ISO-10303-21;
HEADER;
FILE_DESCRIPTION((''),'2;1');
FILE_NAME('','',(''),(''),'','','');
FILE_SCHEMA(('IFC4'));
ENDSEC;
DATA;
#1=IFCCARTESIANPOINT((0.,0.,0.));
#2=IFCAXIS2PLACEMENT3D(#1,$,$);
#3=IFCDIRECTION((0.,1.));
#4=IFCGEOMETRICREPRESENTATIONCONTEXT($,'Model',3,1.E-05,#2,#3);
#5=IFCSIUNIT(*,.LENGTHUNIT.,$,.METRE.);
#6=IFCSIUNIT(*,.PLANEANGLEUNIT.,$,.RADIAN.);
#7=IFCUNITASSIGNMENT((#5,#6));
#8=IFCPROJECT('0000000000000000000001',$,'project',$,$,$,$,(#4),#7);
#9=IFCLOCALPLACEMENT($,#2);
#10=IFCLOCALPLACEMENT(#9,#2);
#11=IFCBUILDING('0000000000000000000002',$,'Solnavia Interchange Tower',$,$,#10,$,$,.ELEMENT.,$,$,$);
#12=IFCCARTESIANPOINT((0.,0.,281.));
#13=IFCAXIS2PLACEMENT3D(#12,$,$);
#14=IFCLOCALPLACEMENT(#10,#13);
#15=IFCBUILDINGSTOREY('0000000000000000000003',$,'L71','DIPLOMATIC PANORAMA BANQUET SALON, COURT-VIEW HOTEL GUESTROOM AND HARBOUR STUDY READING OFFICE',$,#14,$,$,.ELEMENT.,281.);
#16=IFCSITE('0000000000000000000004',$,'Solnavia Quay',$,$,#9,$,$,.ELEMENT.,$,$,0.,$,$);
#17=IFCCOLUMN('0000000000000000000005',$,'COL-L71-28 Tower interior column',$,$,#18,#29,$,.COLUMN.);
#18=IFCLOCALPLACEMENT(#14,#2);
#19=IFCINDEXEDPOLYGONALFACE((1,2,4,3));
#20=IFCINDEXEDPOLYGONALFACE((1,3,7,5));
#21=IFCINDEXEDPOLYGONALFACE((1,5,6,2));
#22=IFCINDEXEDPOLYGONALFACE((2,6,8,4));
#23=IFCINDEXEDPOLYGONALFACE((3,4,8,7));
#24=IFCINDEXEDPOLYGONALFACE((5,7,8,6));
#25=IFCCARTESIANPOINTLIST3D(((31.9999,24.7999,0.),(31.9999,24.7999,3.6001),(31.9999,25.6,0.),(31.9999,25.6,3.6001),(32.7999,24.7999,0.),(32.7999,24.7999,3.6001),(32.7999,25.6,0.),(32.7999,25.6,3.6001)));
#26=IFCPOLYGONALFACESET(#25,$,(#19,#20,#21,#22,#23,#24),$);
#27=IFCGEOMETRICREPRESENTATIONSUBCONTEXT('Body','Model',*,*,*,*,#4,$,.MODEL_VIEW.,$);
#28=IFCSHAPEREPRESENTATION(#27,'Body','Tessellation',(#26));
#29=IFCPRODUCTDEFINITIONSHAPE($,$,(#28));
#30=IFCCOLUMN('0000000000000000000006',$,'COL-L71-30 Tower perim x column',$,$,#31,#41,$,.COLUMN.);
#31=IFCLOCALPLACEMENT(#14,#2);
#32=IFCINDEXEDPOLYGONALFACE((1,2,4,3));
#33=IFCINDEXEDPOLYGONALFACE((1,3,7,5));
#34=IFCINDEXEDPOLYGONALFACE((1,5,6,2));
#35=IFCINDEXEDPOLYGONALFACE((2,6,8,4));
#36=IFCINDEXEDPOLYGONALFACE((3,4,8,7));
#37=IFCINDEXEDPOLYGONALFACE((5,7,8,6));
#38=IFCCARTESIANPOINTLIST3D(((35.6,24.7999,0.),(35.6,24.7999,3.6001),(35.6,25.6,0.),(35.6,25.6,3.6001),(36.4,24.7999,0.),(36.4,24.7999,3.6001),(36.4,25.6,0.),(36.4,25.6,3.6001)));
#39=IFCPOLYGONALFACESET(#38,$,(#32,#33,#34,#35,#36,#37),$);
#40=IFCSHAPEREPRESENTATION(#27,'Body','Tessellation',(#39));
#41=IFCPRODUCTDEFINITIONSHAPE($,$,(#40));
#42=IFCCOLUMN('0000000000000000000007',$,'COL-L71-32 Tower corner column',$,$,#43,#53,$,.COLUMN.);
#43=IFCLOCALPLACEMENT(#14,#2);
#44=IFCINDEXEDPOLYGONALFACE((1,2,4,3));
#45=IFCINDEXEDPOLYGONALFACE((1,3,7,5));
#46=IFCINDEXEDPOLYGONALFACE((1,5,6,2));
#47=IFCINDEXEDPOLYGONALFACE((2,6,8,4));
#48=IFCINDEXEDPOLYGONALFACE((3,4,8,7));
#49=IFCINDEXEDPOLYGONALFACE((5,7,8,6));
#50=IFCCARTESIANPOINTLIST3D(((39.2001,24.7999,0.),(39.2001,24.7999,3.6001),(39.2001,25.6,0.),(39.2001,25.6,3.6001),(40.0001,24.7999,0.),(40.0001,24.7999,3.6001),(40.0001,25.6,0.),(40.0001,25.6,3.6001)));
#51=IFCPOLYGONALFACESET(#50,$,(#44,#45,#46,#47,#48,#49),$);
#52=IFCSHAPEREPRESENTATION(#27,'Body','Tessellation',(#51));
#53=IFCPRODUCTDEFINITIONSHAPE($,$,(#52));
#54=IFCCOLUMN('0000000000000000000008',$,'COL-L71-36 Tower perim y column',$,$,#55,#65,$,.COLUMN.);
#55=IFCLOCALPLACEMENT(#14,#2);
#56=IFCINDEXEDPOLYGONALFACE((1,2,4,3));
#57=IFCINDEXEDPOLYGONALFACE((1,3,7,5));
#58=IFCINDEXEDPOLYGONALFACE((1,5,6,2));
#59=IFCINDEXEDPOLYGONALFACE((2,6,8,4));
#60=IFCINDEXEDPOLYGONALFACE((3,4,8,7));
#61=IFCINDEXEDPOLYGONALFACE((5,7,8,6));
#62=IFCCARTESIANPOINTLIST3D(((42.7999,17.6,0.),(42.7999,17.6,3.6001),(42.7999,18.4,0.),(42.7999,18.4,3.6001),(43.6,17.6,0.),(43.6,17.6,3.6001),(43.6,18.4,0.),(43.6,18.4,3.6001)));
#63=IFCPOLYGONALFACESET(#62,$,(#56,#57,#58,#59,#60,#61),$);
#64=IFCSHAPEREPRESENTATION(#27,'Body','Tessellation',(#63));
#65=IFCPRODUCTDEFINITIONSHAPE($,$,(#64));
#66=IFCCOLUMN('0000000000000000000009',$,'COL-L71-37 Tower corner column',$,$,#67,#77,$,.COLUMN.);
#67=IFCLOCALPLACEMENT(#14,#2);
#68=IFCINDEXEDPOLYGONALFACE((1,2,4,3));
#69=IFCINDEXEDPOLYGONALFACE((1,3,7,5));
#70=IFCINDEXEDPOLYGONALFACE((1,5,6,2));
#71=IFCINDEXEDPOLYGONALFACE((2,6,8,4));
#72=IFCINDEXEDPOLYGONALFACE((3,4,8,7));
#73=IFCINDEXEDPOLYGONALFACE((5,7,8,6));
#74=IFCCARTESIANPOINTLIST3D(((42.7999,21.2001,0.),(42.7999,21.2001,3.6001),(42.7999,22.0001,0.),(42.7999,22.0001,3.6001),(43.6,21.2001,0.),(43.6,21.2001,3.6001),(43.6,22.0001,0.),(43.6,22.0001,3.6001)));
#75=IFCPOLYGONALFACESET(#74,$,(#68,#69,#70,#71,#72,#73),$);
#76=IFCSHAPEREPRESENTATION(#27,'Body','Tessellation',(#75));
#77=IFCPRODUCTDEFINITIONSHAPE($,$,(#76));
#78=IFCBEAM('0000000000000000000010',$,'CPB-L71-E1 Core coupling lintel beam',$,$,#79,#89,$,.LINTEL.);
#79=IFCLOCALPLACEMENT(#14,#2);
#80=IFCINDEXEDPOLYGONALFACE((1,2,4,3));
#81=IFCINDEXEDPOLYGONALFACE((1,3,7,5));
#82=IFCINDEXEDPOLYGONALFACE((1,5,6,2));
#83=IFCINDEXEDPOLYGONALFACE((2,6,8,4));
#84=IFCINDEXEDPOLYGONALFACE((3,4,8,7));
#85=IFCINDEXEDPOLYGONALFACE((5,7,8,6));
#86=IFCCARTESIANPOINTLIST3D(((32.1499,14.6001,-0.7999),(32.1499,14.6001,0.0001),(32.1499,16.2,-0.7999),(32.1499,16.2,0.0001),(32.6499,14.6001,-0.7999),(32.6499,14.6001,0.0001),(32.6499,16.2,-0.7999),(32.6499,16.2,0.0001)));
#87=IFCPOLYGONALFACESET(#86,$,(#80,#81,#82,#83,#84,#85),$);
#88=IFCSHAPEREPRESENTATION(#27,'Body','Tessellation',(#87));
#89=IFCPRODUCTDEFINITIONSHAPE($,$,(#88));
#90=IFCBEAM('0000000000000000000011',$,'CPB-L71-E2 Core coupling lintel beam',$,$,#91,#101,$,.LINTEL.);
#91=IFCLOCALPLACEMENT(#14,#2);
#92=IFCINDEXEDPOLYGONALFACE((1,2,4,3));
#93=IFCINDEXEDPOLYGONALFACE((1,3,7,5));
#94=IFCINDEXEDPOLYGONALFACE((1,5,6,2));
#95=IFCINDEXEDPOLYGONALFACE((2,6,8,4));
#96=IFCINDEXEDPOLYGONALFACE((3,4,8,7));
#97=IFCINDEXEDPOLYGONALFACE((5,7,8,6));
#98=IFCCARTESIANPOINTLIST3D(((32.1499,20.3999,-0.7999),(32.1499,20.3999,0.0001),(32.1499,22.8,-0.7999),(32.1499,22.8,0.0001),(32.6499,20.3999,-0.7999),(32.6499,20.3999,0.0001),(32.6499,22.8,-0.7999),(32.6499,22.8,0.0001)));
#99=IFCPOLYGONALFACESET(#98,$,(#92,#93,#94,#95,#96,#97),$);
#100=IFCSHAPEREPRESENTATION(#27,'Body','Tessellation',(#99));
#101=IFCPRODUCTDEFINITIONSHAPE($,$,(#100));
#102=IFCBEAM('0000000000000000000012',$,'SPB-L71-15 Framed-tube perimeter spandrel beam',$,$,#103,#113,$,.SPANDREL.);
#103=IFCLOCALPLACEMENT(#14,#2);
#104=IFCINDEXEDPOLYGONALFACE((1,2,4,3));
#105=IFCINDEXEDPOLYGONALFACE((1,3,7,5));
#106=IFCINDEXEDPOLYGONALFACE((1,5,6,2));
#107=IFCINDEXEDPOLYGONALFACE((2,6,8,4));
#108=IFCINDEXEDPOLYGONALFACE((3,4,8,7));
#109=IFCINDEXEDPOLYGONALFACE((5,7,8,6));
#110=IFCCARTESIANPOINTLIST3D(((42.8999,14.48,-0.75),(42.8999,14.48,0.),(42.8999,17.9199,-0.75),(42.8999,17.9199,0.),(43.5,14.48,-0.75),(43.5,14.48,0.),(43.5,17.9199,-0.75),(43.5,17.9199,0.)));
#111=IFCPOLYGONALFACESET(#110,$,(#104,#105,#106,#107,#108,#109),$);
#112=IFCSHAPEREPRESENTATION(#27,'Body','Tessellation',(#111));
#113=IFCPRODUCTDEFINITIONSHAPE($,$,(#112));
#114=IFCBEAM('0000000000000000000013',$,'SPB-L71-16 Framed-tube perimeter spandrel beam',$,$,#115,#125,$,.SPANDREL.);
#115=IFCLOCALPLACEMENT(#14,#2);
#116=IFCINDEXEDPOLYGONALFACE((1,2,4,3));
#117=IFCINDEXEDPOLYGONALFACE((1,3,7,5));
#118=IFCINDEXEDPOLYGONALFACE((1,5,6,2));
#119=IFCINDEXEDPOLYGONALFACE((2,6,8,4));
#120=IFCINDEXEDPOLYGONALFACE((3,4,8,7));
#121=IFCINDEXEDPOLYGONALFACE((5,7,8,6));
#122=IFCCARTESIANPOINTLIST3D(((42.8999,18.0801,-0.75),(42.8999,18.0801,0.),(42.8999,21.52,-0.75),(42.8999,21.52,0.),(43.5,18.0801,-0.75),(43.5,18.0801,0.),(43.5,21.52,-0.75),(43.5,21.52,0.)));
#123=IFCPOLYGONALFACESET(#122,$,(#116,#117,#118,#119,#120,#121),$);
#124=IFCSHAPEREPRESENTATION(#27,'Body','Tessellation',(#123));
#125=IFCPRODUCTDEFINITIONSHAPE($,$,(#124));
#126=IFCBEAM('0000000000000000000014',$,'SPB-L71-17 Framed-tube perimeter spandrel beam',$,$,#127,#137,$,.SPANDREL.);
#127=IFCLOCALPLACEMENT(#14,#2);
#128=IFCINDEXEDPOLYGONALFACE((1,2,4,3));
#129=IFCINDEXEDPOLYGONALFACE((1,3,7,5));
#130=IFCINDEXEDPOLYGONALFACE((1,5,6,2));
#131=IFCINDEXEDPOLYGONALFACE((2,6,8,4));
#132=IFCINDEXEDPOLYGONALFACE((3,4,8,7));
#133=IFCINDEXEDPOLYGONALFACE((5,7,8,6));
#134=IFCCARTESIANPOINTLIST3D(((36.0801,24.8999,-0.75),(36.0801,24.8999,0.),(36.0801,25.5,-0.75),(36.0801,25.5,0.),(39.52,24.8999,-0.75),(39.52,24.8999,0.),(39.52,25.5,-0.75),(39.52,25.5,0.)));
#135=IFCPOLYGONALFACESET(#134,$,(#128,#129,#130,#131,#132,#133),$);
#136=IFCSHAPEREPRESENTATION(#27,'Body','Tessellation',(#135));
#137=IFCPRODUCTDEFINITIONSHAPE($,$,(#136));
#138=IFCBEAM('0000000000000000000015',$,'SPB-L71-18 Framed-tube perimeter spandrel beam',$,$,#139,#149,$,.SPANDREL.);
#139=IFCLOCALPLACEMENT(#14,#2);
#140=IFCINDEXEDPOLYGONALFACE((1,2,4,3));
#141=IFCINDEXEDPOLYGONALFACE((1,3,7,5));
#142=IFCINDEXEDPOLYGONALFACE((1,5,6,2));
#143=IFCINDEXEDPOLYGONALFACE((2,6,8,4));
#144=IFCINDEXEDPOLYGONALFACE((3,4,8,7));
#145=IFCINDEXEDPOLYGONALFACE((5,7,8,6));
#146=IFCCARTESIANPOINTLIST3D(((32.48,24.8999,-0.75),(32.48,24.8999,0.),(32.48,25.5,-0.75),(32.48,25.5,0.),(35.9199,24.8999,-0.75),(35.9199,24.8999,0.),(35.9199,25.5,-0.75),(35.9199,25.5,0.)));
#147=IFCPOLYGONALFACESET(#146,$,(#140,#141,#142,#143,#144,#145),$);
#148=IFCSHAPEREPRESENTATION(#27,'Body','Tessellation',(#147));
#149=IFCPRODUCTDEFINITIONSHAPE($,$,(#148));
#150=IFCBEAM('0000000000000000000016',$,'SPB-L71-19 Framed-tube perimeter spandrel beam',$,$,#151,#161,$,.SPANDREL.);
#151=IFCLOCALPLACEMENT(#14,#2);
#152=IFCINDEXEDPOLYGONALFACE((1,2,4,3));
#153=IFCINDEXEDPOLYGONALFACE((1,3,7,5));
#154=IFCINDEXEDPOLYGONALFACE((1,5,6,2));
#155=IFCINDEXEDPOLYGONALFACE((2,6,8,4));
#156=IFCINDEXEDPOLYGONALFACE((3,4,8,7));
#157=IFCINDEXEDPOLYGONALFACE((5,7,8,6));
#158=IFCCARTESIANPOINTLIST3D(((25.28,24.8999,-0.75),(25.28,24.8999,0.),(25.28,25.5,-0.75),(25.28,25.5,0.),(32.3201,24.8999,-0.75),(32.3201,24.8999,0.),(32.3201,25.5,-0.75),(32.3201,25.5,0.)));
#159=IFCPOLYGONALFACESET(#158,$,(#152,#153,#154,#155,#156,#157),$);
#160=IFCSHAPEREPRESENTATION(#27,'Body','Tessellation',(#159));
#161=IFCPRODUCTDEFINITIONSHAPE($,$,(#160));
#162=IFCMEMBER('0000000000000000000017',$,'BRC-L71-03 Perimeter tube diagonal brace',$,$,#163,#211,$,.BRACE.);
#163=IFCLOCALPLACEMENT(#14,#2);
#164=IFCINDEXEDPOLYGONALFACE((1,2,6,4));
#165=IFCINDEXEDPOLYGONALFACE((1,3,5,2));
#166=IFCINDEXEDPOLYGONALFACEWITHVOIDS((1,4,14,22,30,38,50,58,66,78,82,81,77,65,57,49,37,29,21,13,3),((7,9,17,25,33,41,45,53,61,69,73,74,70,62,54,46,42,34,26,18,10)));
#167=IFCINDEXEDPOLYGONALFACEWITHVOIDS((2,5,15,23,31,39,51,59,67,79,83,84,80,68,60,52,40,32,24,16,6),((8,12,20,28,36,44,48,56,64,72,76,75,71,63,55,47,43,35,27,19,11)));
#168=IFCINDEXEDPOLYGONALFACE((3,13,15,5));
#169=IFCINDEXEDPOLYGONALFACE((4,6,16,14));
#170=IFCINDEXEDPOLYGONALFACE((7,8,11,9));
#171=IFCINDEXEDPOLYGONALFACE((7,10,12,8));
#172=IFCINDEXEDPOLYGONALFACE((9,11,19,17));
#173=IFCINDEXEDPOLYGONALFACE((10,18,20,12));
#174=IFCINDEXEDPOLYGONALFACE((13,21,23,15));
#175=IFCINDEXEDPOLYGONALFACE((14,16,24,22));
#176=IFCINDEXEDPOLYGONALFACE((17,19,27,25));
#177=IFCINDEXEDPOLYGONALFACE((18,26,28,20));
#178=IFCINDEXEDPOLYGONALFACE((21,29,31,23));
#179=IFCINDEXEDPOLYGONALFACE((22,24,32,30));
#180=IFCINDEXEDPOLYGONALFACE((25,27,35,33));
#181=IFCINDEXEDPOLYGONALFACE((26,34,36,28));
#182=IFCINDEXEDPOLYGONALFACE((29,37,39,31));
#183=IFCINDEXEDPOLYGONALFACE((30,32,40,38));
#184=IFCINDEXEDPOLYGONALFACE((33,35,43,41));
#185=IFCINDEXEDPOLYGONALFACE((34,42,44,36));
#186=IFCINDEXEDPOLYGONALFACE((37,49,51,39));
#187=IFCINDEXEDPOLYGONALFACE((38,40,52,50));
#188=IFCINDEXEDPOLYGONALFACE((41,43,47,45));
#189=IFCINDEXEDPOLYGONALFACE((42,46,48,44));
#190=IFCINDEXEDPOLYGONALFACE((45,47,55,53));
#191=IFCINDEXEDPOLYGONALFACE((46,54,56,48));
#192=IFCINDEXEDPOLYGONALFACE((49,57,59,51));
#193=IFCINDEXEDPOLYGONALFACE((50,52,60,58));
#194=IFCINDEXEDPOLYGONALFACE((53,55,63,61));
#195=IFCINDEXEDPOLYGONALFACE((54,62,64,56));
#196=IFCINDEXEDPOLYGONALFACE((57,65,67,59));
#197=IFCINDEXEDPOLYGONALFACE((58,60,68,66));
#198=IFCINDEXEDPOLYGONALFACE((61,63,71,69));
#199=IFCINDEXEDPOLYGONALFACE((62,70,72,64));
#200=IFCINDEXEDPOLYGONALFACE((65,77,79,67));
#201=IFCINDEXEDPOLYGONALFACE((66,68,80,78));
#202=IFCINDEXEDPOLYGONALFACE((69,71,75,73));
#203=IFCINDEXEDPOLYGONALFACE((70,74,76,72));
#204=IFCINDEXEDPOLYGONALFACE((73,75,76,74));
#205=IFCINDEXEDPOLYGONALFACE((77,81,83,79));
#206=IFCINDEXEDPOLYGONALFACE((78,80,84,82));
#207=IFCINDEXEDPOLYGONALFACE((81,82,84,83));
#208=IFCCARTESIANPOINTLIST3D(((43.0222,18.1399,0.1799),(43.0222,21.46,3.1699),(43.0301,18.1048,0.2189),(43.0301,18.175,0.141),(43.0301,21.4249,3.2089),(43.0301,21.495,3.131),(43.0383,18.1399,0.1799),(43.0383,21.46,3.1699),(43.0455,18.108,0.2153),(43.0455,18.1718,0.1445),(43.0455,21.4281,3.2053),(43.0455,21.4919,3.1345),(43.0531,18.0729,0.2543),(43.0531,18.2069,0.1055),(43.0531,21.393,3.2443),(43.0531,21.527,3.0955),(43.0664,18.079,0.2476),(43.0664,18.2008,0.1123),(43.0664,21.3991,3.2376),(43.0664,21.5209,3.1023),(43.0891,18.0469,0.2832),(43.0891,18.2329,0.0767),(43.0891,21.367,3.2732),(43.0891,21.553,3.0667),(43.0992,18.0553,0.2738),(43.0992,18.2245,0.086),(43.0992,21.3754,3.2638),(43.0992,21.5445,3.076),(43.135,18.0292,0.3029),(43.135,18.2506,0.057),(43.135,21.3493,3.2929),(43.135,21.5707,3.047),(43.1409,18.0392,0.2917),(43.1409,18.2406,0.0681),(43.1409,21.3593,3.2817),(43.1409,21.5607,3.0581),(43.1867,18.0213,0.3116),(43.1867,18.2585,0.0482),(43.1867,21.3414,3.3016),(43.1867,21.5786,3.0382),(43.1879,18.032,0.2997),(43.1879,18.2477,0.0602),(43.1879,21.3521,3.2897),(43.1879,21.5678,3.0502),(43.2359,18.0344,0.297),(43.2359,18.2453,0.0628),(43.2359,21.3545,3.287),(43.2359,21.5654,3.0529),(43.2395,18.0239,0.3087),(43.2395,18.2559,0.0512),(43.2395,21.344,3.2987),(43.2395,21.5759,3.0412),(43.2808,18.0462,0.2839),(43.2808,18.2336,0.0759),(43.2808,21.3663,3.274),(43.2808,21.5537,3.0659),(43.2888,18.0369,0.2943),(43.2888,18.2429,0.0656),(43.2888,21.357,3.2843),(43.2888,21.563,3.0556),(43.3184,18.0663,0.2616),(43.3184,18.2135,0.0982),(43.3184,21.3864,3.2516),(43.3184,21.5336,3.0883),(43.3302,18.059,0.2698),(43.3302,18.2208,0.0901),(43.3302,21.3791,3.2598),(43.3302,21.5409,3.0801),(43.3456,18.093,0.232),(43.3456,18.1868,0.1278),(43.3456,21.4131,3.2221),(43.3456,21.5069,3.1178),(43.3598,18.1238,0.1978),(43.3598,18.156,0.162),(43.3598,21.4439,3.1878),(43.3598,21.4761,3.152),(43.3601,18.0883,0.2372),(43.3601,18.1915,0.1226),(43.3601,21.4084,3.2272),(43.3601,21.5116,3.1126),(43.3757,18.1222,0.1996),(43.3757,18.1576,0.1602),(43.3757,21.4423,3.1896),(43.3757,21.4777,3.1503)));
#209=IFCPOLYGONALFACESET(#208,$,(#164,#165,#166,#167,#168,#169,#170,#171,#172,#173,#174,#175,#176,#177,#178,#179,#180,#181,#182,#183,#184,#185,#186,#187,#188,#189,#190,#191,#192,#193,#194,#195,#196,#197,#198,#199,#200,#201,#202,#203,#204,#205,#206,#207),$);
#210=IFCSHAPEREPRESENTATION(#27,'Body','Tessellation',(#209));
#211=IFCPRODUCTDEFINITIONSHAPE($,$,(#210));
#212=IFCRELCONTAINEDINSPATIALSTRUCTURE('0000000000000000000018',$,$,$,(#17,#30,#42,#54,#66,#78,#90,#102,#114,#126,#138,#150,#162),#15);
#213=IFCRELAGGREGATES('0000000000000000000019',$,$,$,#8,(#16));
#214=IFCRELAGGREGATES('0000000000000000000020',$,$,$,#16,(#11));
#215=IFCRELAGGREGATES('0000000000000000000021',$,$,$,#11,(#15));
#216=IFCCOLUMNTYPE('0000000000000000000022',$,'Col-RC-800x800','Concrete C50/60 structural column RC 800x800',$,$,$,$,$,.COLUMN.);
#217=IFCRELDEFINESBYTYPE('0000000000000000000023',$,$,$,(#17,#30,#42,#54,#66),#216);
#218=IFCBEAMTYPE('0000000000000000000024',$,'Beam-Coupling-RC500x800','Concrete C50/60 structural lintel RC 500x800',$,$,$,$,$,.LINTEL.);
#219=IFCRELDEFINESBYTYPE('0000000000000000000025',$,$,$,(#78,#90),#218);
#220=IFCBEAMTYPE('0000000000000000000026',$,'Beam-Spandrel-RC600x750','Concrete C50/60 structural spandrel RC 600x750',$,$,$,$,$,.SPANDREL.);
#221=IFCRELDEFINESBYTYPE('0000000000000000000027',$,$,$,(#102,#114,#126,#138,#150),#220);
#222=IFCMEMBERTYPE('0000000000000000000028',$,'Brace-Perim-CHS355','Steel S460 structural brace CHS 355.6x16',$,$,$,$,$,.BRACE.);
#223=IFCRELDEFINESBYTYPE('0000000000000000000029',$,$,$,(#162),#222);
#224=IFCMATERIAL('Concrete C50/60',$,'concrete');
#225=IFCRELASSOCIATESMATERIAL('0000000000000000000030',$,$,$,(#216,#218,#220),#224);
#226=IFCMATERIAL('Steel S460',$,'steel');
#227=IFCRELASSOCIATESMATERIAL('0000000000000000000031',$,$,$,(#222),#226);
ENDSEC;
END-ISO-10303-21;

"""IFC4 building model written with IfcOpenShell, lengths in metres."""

from ifc_helpers import new_model, si_unit, direction, frame, origin, origin_2d, place, context, subcontext, project, spatial, rectangle, hollow_circle, extrude, material, material_profile, profile_set, type_object, element, save


model = new_model("IFC4")

# Units and contexts
model_context = context("Model", 3, precision=1e-05, world=origin(), true_north=direction((0.0, 1.0)))
body_context = subcontext(model_context, "Body", "Model", "MODEL_VIEW")
ifc_project = project(units=[si_unit("LENGTHUNIT", "METRE"), si_unit("PLANEANGLEUNIT", "RADIAN")], contexts=[model_context])

# Site, building, storey
site_placement = place(None, origin())
site = spatial("IfcSite", under=ifc_project, at=site_placement, Name="Solnavia Quay", CompositionType="ELEMENT", RefElevation=0.0)
building_placement = place(site_placement, origin())
building = spatial("IfcBuilding", under=site, at=building_placement, Name="Solnavia Interchange Tower", CompositionType="ELEMENT")
storey_placement = place(building_placement, frame((0.0, 0.0, 281.0)))
storey = spatial("IfcBuildingStorey", under=building, at=storey_placement, Name="L71", Description="DIPLOMATIC PANORAMA BANQUET SALON, COURT-VIEW HOTEL GUESTROOM AND HARBOUR STUDY READING OFFICE", CompositionType="ELEMENT", Elevation=281.0)

# Columns
ifc_material_1 = material(Name="Concrete C50/60", Category="concrete")
ifc_material_profile_1 = material_profile(ifc_material_1, rectangle(XDim=0.8, YDim=0.8, at=origin_2d()), Name="RC 800x800")
ifc_profile_set_1 = profile_set([ifc_material_profile_1], Name="Concrete C50/60")
column_type = type_object("IfcColumnType", Name="Col-RC-800x800", Description="Concrete C50/60 structural column RC 800x800", PredefinedType="COLUMN", material=ifc_profile_set_1)
for number, where, z_axis, x_axis, name in (
    (1, (32.3999, 25.2, 0.0), (0.0, 0.0, 1.0), (1.0, 0.0, 0.0), "COL-L71-28 Tower interior column"),
    (2, (36.0, 25.2, 0.0), (0.0, 0.0, 1.0), (1.0, 0.0, 0.0), "COL-L71-30 Tower perim x column"),
    (3, (39.6001, 25.2, 0.0), (0.0, 0.0, 1.0), (1.0, 0.0, 0.0), "COL-L71-32 Tower corner column"),
    (4, (43.2, 18.0, 0.0), (0.0, 0.0, 1.0), (0.0, 1.0, 0.0), "COL-L71-36 Tower perim y column"),
    (5, (43.2, 21.6001, 0.0), (0.0, 0.0, 1.0), (0.0, 1.0, 0.0), "COL-L71-37 Tower corner column"),
):
    element("IfcColumn", number, at=place(storey_placement, frame(where, z_axis=z_axis, x_axis=x_axis)), inside=storey, type_object=column_type, Name=name, PredefinedType="COLUMN", context=body_context, shape_type="SweptSolid", body=[
        extrude(rectangle(XDim=0.8, YDim=0.8, at=origin_2d()), origin(), (0.0, 0.0, 1.0), 3.6001),
    ])

# Beams
ifc_material_profile_2 = material_profile(ifc_material_1, rectangle(XDim=0.5, YDim=0.8, at=origin_2d()), Name="RC 500x800")
ifc_profile_set_2 = profile_set([ifc_material_profile_2], Name="Concrete C50/60")
beam_type_1 = type_object("IfcBeamType", Name="Beam-Coupling-RC500x800", Description="Concrete C50/60 structural lintel RC 500x800", PredefinedType="LINTEL", material=ifc_profile_set_2)
beam_1_placement = place(storey_placement, frame((32.3999, 14.6001, -0.3999), z_axis=(0.0, 1.0, 0.0), x_axis=(-1.0, 0.0, 0.0)))
element("IfcBeam", 6, at=beam_1_placement, inside=storey, type_object=beam_type_1, Name="CPB-L71-E1 Core coupling lintel beam", PredefinedType="LINTEL", context=body_context, shape_type="SweptSolid", body=[
    extrude(rectangle(XDim=0.5, YDim=0.8, at=origin_2d()), origin(), (0.0, 0.0, 1.0), 1.5999),
])
beam_2_placement = place(storey_placement, frame((32.3999, 20.3999, -0.3999), z_axis=(0.0, 1.0, 0.0), x_axis=(-1.0, 0.0, 0.0)))
element("IfcBeam", 7, at=beam_2_placement, inside=storey, type_object=beam_type_1, Name="CPB-L71-E2 Core coupling lintel beam", PredefinedType="LINTEL", context=body_context, shape_type="SweptSolid", body=[
    extrude(rectangle(XDim=0.5, YDim=0.8, at=origin_2d()), origin(), (0.0, 0.0, 1.0), 2.4001),
])
ifc_material_profile_3 = material_profile(ifc_material_1, rectangle(XDim=0.6001, YDim=0.75, at=origin_2d()), Name="RC 600x750")
ifc_profile_set_3 = profile_set([ifc_material_profile_3], Name="Concrete C50/60")
beam_type_2 = type_object("IfcBeamType", Name="Beam-Spandrel-RC600x750", Description="Concrete C50/60 structural spandrel RC 600x750", PredefinedType="SPANDREL", material=ifc_profile_set_3)
for number, where, z_axis, x_axis, name in (
    (8, (43.2, 14.48, -0.375), (0.0, 1.0, 0.0), (-1.0, 0.0, 0.0), "SPB-L71-15 Framed-tube perimeter spandrel beam"),
    (9, (43.2, 18.0801, -0.375), (0.0, 1.0, 0.0), (-1.0, 0.0, 0.0), "SPB-L71-16 Framed-tube perimeter spandrel beam"),
    (10, (39.52, 25.2, -0.375), (-1.0, 0.0, 0.0), (0.0, -1.0, 0.0), "SPB-L71-17 Framed-tube perimeter spandrel beam"),
    (11, (35.9199, 25.2, -0.375), (-1.0, 0.0, 0.0), (0.0, -1.0, 0.0), "SPB-L71-18 Framed-tube perimeter spandrel beam"),
):
    element("IfcBeam", number, at=place(storey_placement, frame(where, z_axis=z_axis, x_axis=x_axis)), inside=storey, type_object=beam_type_2, Name=name, PredefinedType="SPANDREL", context=body_context, shape_type="SweptSolid", body=[
        extrude(rectangle(XDim=0.6001, YDim=0.75, at=origin_2d()), origin(), (0.0, 0.0, 1.0), 3.4399),
    ])
beam_3_placement = place(storey_placement, frame((32.3201, 25.2, -0.375), z_axis=(-1.0, 0.0, 0.0), x_axis=(0.0, -1.0, 0.0)))
element("IfcBeam", 12, at=beam_3_placement, inside=storey, type_object=beam_type_2, Name="SPB-L71-19 Framed-tube perimeter spandrel beam", PredefinedType="SPANDREL", context=body_context, shape_type="SweptSolid", body=[
    extrude(rectangle(XDim=0.6001, YDim=0.75, at=origin_2d()), origin(), (0.0, 0.0, 1.0), 7.04),
])

# Member
ifc_material_2 = material(Name="Steel S460", Category="steel")
ifc_material_profile_4 = material_profile(ifc_material_2, hollow_circle(Radius=0.1777, WallThickness=0.0161, at=origin_2d()), Name="CHS 355.6x16")
ifc_profile_set_4 = profile_set([ifc_material_profile_4], Name="Steel S460")
member_type = type_object("IfcMemberType", Name="Brace-Perim-CHS355", Description="Steel S460 structural brace CHS 355.6x16", PredefinedType="BRACE", material=ifc_profile_set_4)
member_placement = place(storey_placement, frame((43.2, 18.1399, 0.1799), z_axis=(0.0, 0.743079, 0.669203), x_axis=(-1.0, 0.0, 0.0)))
element("IfcMember", 13, at=member_placement, inside=storey, type_object=member_type, Name="BRC-L71-03 Perimeter tube diagonal brace", PredefinedType="BRACE", context=body_context, shape_type="SweptSolid", body=[
    extrude(hollow_circle(Radius=0.1777, WallThickness=0.0161, at=origin_2d()), origin(), (0.0, 0.0, 1.0), 4.468),
])

save(model, "model.ifc")
